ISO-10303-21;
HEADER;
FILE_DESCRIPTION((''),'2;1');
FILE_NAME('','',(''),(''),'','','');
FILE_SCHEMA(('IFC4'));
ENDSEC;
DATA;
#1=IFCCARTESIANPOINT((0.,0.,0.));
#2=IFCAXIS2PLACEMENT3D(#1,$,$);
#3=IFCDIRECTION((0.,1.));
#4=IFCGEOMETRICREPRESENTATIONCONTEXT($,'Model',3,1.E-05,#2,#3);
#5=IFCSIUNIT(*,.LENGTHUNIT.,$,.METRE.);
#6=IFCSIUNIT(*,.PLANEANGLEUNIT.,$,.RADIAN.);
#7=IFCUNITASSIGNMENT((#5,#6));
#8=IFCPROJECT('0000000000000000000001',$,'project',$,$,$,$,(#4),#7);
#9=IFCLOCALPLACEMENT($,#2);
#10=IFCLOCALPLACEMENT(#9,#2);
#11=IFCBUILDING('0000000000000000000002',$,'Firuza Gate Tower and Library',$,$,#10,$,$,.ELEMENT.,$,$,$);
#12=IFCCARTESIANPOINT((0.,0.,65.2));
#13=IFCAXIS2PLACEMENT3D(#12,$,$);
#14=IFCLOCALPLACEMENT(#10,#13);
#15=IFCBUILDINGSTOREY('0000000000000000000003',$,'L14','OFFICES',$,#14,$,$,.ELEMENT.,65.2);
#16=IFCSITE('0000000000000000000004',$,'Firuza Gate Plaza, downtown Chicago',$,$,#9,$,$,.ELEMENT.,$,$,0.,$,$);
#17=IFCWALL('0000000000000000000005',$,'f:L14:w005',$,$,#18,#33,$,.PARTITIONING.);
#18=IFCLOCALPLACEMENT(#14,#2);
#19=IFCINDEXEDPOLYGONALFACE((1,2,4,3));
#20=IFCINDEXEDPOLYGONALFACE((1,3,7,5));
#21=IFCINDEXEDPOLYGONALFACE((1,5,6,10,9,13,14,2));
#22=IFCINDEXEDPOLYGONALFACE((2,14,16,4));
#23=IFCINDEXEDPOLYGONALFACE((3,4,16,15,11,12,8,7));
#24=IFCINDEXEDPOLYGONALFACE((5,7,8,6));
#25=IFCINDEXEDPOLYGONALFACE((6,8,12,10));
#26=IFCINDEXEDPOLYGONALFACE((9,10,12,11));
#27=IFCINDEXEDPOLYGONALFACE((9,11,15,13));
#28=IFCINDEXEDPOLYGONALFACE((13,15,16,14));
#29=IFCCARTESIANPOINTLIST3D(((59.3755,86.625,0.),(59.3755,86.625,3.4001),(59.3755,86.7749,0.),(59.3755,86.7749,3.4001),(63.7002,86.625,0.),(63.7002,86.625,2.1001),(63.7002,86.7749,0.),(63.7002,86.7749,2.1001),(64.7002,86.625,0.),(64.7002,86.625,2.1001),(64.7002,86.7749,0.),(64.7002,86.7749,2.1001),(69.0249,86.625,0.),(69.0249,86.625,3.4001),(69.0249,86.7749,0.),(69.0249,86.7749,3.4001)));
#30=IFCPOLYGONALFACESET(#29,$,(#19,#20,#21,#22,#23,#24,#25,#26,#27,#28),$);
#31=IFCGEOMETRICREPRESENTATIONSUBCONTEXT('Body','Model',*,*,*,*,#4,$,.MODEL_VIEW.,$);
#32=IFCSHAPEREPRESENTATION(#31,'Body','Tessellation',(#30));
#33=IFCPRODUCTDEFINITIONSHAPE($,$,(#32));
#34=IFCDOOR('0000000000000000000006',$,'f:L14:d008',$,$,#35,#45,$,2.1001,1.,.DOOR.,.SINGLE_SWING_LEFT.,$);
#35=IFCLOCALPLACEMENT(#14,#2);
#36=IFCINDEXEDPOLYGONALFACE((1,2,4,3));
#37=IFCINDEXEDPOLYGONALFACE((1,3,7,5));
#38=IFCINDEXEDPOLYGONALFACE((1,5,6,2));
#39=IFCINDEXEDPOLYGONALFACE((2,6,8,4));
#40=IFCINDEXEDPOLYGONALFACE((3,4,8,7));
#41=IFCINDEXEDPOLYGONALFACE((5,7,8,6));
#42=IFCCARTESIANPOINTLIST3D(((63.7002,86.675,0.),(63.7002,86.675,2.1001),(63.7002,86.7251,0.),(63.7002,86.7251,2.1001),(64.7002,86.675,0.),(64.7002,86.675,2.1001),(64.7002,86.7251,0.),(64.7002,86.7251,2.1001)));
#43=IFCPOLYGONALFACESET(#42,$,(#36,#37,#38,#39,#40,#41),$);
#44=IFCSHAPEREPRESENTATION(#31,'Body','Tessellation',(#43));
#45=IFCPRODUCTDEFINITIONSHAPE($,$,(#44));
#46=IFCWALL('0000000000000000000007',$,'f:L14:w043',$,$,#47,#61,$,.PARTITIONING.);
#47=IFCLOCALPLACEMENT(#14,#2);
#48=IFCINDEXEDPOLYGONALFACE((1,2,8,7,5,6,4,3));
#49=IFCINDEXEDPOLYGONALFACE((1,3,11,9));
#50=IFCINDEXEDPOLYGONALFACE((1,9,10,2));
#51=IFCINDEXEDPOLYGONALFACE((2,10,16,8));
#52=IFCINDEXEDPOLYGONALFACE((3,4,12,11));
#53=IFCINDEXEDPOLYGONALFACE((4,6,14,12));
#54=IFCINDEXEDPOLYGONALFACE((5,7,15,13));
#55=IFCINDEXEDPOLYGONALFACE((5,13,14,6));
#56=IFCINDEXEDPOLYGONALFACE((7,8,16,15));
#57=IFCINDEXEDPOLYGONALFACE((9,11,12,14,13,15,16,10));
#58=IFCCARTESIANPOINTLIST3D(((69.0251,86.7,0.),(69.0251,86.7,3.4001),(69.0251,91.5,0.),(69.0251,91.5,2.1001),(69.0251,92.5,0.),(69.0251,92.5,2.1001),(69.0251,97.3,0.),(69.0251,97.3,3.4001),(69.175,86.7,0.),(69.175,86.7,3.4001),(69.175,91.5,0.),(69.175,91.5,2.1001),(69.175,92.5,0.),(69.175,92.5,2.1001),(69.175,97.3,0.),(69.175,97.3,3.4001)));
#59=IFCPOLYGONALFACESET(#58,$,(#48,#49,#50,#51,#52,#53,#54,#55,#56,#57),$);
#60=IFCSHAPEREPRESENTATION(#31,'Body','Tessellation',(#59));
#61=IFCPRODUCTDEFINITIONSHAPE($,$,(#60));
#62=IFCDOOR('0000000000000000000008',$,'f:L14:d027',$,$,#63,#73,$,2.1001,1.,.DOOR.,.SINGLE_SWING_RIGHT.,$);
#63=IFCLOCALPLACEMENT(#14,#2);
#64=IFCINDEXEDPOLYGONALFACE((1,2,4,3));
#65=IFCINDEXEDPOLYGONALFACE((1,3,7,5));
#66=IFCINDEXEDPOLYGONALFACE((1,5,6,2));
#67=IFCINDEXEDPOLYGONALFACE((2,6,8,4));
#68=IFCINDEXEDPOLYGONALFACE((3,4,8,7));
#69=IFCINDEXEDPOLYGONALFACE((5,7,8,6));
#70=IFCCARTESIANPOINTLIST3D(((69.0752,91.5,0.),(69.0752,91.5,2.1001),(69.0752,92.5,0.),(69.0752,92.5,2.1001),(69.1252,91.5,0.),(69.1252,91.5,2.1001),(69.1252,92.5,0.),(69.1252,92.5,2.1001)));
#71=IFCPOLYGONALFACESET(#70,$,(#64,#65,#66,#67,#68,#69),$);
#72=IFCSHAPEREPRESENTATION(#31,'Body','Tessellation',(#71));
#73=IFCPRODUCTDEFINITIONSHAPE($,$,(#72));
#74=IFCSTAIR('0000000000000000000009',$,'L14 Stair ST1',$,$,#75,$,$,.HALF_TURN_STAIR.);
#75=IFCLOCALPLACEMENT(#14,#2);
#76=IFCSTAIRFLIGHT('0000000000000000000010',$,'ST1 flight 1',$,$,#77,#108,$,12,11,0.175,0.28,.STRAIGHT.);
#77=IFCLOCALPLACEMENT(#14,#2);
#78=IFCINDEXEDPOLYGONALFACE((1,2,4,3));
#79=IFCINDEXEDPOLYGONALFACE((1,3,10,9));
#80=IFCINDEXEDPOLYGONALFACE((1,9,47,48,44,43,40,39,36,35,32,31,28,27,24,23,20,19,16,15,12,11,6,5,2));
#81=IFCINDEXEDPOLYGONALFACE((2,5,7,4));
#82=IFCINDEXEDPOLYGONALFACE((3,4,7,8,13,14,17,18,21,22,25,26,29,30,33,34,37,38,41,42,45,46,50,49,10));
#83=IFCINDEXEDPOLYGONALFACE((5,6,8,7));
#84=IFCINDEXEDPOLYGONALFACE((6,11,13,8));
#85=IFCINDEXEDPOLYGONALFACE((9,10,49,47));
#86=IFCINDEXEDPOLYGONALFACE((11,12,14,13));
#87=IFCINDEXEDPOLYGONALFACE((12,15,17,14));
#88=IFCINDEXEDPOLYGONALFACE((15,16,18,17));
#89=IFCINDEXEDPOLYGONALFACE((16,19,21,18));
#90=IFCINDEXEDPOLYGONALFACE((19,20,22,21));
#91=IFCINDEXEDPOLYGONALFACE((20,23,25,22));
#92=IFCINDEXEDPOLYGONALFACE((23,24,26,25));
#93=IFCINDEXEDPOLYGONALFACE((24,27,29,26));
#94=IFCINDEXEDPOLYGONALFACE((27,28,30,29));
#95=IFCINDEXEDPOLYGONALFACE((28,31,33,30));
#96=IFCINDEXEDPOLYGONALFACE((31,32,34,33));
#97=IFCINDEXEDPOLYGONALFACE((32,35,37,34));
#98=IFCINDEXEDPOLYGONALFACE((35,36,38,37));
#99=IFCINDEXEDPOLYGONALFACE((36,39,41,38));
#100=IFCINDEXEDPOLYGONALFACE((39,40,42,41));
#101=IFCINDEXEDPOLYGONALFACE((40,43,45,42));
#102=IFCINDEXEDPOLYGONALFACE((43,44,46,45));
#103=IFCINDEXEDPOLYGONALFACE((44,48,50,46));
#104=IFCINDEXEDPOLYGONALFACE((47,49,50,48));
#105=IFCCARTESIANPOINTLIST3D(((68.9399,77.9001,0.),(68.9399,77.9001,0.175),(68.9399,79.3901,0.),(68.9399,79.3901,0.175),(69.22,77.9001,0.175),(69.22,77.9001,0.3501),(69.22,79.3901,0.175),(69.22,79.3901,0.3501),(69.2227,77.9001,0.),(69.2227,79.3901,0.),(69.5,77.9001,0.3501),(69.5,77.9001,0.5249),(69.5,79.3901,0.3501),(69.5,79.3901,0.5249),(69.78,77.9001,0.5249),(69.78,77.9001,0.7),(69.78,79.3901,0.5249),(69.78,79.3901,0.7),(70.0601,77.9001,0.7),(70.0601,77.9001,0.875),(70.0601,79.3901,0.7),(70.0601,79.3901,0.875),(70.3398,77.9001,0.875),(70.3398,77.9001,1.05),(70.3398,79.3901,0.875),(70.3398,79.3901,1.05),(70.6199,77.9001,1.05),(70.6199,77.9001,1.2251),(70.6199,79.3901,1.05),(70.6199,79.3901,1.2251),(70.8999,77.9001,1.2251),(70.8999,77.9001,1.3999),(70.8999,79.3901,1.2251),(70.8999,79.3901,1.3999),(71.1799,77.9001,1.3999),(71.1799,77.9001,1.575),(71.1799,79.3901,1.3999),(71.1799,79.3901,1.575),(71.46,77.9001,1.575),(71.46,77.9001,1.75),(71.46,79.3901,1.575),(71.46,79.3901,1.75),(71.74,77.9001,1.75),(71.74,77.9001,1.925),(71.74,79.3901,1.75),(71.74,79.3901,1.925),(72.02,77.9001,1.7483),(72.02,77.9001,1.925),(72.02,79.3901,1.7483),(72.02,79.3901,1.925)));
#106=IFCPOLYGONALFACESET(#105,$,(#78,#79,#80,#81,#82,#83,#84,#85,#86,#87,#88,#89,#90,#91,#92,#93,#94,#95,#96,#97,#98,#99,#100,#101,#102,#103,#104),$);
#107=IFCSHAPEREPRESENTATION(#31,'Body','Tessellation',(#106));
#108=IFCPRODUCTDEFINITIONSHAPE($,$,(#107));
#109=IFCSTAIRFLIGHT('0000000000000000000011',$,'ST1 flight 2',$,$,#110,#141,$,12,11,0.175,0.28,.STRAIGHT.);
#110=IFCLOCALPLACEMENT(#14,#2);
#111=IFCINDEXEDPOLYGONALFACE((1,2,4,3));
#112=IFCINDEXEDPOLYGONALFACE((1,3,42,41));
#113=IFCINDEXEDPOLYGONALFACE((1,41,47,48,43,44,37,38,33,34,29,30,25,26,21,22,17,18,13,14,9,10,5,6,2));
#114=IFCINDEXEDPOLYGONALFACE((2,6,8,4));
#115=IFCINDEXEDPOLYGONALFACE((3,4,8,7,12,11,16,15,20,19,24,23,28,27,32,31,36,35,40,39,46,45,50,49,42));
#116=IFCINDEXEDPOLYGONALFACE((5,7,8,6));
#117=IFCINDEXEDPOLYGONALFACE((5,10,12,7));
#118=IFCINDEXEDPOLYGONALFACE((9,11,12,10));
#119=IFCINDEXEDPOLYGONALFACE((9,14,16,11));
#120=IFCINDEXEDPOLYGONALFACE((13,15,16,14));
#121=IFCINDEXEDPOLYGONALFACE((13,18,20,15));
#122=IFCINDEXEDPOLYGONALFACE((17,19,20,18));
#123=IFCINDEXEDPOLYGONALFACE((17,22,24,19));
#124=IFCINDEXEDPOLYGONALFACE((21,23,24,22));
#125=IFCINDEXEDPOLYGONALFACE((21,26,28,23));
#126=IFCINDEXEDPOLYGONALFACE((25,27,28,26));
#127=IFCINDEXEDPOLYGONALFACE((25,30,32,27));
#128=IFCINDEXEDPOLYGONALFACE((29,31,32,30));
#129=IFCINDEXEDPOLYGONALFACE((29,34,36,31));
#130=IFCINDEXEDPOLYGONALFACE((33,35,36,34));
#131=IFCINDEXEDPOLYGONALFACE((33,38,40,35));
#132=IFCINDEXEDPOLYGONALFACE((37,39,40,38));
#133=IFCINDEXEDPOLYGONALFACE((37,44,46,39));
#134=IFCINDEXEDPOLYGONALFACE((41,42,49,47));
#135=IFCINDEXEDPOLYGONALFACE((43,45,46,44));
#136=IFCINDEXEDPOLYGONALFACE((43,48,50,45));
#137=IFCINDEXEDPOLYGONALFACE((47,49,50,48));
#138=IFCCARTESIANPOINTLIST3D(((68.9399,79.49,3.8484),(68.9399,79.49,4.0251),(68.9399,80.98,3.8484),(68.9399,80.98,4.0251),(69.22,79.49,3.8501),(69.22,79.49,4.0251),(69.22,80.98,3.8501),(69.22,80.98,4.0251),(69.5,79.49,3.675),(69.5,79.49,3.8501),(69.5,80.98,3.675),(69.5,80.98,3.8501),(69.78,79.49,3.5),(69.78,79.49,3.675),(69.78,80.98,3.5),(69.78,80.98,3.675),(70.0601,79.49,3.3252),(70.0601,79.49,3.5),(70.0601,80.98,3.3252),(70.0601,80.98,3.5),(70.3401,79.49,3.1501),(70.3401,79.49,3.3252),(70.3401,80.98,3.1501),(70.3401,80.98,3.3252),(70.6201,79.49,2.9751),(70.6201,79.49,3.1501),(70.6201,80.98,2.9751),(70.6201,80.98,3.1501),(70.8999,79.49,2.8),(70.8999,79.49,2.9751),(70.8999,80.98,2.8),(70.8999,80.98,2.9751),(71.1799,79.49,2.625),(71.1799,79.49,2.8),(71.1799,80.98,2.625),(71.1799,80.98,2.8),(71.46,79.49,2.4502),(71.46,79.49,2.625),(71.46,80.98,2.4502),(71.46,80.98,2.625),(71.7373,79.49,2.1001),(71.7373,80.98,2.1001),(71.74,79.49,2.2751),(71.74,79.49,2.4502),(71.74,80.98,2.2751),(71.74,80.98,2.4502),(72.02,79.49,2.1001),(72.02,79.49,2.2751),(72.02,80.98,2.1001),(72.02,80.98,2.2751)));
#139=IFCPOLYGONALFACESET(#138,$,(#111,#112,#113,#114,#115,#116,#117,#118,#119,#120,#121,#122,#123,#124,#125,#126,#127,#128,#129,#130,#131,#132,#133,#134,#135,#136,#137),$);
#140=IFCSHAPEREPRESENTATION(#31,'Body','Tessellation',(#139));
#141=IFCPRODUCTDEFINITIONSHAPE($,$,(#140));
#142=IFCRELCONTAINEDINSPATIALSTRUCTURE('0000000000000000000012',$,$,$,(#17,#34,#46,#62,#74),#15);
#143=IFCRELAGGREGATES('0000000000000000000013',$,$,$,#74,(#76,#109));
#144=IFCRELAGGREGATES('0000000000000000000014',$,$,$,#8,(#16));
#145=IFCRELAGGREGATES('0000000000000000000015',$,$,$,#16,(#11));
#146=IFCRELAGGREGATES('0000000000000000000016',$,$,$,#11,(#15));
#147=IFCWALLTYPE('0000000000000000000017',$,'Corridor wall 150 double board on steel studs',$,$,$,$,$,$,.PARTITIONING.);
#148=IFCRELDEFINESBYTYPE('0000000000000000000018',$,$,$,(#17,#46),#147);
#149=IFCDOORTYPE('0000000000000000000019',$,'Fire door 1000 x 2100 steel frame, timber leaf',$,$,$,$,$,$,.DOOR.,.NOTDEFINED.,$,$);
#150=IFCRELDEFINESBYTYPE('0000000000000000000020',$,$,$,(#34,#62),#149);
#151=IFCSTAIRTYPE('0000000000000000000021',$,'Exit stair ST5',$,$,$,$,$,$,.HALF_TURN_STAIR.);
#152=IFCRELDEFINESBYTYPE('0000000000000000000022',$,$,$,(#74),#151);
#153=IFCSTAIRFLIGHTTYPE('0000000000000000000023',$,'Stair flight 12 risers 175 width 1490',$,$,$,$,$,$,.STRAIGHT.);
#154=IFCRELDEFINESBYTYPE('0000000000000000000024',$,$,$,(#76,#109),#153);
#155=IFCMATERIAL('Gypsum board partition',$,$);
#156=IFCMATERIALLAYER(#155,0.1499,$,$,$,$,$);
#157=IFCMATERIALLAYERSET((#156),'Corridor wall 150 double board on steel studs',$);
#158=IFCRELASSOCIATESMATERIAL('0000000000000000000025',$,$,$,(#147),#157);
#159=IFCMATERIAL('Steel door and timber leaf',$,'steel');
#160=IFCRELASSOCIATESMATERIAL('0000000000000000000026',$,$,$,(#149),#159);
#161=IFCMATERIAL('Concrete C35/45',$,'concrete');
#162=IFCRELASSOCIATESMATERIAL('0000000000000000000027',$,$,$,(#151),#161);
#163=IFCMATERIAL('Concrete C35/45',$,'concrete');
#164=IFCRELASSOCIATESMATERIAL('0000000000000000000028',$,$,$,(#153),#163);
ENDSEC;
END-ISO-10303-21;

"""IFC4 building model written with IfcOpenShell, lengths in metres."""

from ifc_helpers import new_model, si_unit, direction, frame, frame_2d, origin, place, context, subcontext, project, spatial, polyline, rectangle, outline, extrude, material, layer, layer_set, type_object, element, fill, aggregate, save


model = new_model("IFC4")

# Units and contexts
model_context = context("Model", 3, precision=1e-05, world=origin(), true_north=direction((0.0, 1.0)))
body_context = subcontext(model_context, "Body", "Model", "MODEL_VIEW")
ifc_project = project(units=[si_unit("LENGTHUNIT", "METRE"), si_unit("PLANEANGLEUNIT", "RADIAN")], contexts=[model_context])

# Site, building, storey
site_placement = place(None, origin())
site = spatial("IfcSite", under=ifc_project, at=site_placement, Name="Firuza Gate Plaza, downtown Chicago", CompositionType="ELEMENT", RefElevation=0.0)
building_placement = place(site_placement, origin())
building = spatial("IfcBuilding", under=site, at=building_placement, Name="Firuza Gate Tower and Library", CompositionType="ELEMENT")
storey_placement = place(building_placement, frame((0.0, 0.0, 65.2)))
storey = spatial("IfcBuildingStorey", under=building, at=storey_placement, Name="L14", Description="OFFICES", CompositionType="ELEMENT", Elevation=65.2)

# Walls, openings, doors
ifc_material_1 = material(Name="Gypsum board partition")
ifc_layer_1 = layer(ifc_material_1, 0.1499)
ifc_layer_set_1 = layer_set([ifc_layer_1], Name="Corridor wall 150 double board on steel studs")
wall_type_1 = type_object("IfcWallType", Name="Corridor wall 150 double board on steel studs", PredefinedType="PARTITIONING", material=ifc_layer_set_1)
wall_1_placement = place(storey_placement, frame((69.0249, 86.7, 0.0), z_axis=(0.0, 0.0, 1.0), x_axis=(-1.0, 0.0, 0.0)))
wall_1 = element("IfcWall", 1, at=wall_1_placement, inside=storey, type_object=wall_type_1, Name="f:L14:w005", PredefinedType="PARTITIONING", context=body_context, shape_type="SweptSolid", body=[
    extrude(rectangle(XDim=9.6494, YDim=0.1499, at=frame_2d((4.8247, 0.0))), origin(), (0.0, 0.0, 1.0), 3.4001),
])
opening_1_placement = place(wall_1_placement, frame((4.3247, 0.0, 0.0)))
opening_1 = element("IfcOpeningElement", 2, at=opening_1_placement, cuts=wall_1, PredefinedType="OPENING", context=body_context, shape_type="SweptSolid", body=[
    extrude(rectangle(XDim=1.0, YDim=2.1001, at=frame_2d((0.5, 1.05))), frame((0.0, 0.085, 0.0), z_axis=(0.0, -1.0, 0.0), x_axis=(1.0, 0.0, 0.0)), (0.0, 0.0, 1.0), 0.1699),
])
ifc_material_2 = material(Name="Steel door and timber leaf", Category="steel")
door_type_1 = type_object("IfcDoorType", Name="Fire door 1000 x 2100 steel frame, timber leaf", OperationType="NOTDEFINED", PredefinedType="DOOR", material=ifc_material_2)
door_1_placement = place(opening_1_placement, origin())
door_1 = element("IfcDoor", 3, at=door_1_placement, inside=storey, type_object=door_type_1, Name="f:L14:d008", OperationType="SINGLE_SWING_LEFT", OverallHeight=2.1001, OverallWidth=1.0, PredefinedType="DOOR", context=body_context, shape_type="SweptSolid", body=[
    extrude(rectangle(XDim=1.0, YDim=2.1001, at=frame_2d((0.5, 1.05))), frame((0.0, 0.0249, 0.0), z_axis=(0.0, -1.0, 0.0), x_axis=(1.0, 0.0, 0.0)), (0.0, 0.0, 1.0), 0.05),
])
fill(opening_1, door_1)
wall_2_placement = place(storey_placement, frame((69.1001, 86.7, 0.0), z_axis=(0.0, 0.0, 1.0), x_axis=(0.0, 1.0, 0.0)))
wall_2 = element("IfcWall", 4, at=wall_2_placement, inside=storey, type_object=wall_type_1, Name="f:L14:w043", PredefinedType="PARTITIONING", context=body_context, shape_type="SweptSolid", body=[
    extrude(rectangle(XDim=10.6001, YDim=0.1499, at=frame_2d((5.3, 0.0))), origin(), (0.0, 0.0, 1.0), 3.4001),
])
opening_2_placement = place(wall_2_placement, frame((4.8, 0.0, 0.0)))
opening_2 = element("IfcOpeningElement", 5, at=opening_2_placement, cuts=wall_2, PredefinedType="OPENING", context=body_context, shape_type="SweptSolid", body=[
    extrude(rectangle(XDim=1.0, YDim=2.1001, at=frame_2d((0.5, 1.05))), frame((0.0, 0.085, 0.0), z_axis=(0.0, -1.0, 0.0), x_axis=(1.0, 0.0, 0.0)), (0.0, 0.0, 1.0), 0.1699),
])
door_2_placement = place(opening_2_placement, origin())
door_2 = element("IfcDoor", 6, at=door_2_placement, inside=storey, type_object=door_type_1, Name="f:L14:d027", OperationType="SINGLE_SWING_RIGHT", OverallHeight=2.1001, OverallWidth=1.0, PredefinedType="DOOR", context=body_context, shape_type="SweptSolid", body=[
    extrude(rectangle(XDim=1.0, YDim=2.1001, at=frame_2d((0.5, 1.05))), frame((0.0, 0.0249, 0.0), z_axis=(0.0, -1.0, 0.0), x_axis=(1.0, 0.0, 0.0)), (0.0, 0.0, 1.0), 0.05),
])
fill(opening_2, door_2)

# Stair, stair flights
ifc_material_3 = material(Name="Concrete C35/45", Category="concrete")
stair_type = type_object("IfcStairType", Name="Exit stair ST5", PredefinedType="HALF_TURN_STAIR", material=ifc_material_3)
stair_placement = place(storey_placement, origin())
stair = element("IfcStair", 7, at=stair_placement, inside=storey, type_object=stair_type, Name="L14 Stair ST1", PredefinedType="HALF_TURN_STAIR")
ifc_material_4 = material(Name="Concrete C35/45", Category="concrete")
stair_flight_type = type_object("IfcStairFlightType", Name="Stair flight 12 risers 175 width 1490", PredefinedType="STRAIGHT", material=ifc_material_4)
stair_flight_1_placement = place(storey_placement, frame((68.9399, 78.645, 0.0), z_axis=(0.0, 0.0, 1.0), x_axis=(1.0, 0.0, 0.0)))
stair_flight_1 = element("IfcStairFlight", 8, at=stair_flight_1_placement, type_object=stair_flight_type, Name="ST1 flight 1", NumberOfRisers=12, NumberOfTreads=11, PredefinedType="STRAIGHT", RiserHeight=0.175, TreadLength=0.28, context=body_context, shape_type="SweptSolid", body=[
    extrude(outline(polyline([(0.0, 0.0), (0.0, 0.175), (0.28, 0.175), (0.28, 0.3501), (0.5601, 0.3501), (0.5601, 0.5249), (0.8401, 0.5249), (0.8401, 0.7), (1.1201, 0.7), (1.1201, 0.875), (1.3999, 0.875), (1.3999, 1.05), (1.6799, 1.05), (1.6799, 1.2251), (1.96, 1.2251), (1.96, 1.3999), (2.24, 1.3999), (2.24, 1.575), (2.52, 1.575), (2.52, 1.75), (2.8, 1.75), (2.8, 1.925), (3.0801, 1.925), (3.0801, 2.1001), (3.0801, 1.7483), (0.2827, 0.0), (0.0, 0.0)])), frame((0.0, 0.7451, 0.0), z_axis=(0.0, -1.0, 0.0), x_axis=(1.0, 0.0, 0.0)), (0.0, 0.0, 1.0), 1.49),
])
stair_flight_2_placement = place(storey_placement, frame((72.02, 80.2351, 2.1001), z_axis=(0.0, 0.0, 1.0), x_axis=(-1.0, 0.0, 0.0)))
stair_flight_2 = element("IfcStairFlight", 9, at=stair_flight_2_placement, type_object=stair_flight_type, Name="ST1 flight 2", NumberOfRisers=12, NumberOfTreads=11, PredefinedType="STRAIGHT", RiserHeight=0.175, TreadLength=0.28, context=body_context, shape_type="SweptSolid", body=[
    extrude(outline(polyline([(0.0, 0.0), (0.0, 0.175), (0.28, 0.175), (0.28, 0.3501), (0.5601, 0.3501), (0.5601, 0.5249), (0.8401, 0.5249), (0.8401, 0.7), (1.1201, 0.7), (1.1201, 0.875), (1.3999, 0.875), (1.3999, 1.05), (1.6799, 1.05), (1.6799, 1.2251), (1.96, 1.2251), (1.96, 1.3999), (2.24, 1.3999), (2.24, 1.575), (2.52, 1.575), (2.52, 1.75), (2.8, 1.75), (2.8, 1.925), (3.0801, 1.925), (3.0801, 2.1001), (3.0801, 1.7483), (0.2827, 0.0), (0.0, 0.0)])), frame((0.0, 0.7451, 0.0), z_axis=(0.0, -1.0, 0.0), x_axis=(1.0, 0.0, 0.0)), (0.0, 0.0, 1.0), 1.49),
])
aggregate(stair, [stair_flight_1, stair_flight_2])

save(model, "model.ifc")
